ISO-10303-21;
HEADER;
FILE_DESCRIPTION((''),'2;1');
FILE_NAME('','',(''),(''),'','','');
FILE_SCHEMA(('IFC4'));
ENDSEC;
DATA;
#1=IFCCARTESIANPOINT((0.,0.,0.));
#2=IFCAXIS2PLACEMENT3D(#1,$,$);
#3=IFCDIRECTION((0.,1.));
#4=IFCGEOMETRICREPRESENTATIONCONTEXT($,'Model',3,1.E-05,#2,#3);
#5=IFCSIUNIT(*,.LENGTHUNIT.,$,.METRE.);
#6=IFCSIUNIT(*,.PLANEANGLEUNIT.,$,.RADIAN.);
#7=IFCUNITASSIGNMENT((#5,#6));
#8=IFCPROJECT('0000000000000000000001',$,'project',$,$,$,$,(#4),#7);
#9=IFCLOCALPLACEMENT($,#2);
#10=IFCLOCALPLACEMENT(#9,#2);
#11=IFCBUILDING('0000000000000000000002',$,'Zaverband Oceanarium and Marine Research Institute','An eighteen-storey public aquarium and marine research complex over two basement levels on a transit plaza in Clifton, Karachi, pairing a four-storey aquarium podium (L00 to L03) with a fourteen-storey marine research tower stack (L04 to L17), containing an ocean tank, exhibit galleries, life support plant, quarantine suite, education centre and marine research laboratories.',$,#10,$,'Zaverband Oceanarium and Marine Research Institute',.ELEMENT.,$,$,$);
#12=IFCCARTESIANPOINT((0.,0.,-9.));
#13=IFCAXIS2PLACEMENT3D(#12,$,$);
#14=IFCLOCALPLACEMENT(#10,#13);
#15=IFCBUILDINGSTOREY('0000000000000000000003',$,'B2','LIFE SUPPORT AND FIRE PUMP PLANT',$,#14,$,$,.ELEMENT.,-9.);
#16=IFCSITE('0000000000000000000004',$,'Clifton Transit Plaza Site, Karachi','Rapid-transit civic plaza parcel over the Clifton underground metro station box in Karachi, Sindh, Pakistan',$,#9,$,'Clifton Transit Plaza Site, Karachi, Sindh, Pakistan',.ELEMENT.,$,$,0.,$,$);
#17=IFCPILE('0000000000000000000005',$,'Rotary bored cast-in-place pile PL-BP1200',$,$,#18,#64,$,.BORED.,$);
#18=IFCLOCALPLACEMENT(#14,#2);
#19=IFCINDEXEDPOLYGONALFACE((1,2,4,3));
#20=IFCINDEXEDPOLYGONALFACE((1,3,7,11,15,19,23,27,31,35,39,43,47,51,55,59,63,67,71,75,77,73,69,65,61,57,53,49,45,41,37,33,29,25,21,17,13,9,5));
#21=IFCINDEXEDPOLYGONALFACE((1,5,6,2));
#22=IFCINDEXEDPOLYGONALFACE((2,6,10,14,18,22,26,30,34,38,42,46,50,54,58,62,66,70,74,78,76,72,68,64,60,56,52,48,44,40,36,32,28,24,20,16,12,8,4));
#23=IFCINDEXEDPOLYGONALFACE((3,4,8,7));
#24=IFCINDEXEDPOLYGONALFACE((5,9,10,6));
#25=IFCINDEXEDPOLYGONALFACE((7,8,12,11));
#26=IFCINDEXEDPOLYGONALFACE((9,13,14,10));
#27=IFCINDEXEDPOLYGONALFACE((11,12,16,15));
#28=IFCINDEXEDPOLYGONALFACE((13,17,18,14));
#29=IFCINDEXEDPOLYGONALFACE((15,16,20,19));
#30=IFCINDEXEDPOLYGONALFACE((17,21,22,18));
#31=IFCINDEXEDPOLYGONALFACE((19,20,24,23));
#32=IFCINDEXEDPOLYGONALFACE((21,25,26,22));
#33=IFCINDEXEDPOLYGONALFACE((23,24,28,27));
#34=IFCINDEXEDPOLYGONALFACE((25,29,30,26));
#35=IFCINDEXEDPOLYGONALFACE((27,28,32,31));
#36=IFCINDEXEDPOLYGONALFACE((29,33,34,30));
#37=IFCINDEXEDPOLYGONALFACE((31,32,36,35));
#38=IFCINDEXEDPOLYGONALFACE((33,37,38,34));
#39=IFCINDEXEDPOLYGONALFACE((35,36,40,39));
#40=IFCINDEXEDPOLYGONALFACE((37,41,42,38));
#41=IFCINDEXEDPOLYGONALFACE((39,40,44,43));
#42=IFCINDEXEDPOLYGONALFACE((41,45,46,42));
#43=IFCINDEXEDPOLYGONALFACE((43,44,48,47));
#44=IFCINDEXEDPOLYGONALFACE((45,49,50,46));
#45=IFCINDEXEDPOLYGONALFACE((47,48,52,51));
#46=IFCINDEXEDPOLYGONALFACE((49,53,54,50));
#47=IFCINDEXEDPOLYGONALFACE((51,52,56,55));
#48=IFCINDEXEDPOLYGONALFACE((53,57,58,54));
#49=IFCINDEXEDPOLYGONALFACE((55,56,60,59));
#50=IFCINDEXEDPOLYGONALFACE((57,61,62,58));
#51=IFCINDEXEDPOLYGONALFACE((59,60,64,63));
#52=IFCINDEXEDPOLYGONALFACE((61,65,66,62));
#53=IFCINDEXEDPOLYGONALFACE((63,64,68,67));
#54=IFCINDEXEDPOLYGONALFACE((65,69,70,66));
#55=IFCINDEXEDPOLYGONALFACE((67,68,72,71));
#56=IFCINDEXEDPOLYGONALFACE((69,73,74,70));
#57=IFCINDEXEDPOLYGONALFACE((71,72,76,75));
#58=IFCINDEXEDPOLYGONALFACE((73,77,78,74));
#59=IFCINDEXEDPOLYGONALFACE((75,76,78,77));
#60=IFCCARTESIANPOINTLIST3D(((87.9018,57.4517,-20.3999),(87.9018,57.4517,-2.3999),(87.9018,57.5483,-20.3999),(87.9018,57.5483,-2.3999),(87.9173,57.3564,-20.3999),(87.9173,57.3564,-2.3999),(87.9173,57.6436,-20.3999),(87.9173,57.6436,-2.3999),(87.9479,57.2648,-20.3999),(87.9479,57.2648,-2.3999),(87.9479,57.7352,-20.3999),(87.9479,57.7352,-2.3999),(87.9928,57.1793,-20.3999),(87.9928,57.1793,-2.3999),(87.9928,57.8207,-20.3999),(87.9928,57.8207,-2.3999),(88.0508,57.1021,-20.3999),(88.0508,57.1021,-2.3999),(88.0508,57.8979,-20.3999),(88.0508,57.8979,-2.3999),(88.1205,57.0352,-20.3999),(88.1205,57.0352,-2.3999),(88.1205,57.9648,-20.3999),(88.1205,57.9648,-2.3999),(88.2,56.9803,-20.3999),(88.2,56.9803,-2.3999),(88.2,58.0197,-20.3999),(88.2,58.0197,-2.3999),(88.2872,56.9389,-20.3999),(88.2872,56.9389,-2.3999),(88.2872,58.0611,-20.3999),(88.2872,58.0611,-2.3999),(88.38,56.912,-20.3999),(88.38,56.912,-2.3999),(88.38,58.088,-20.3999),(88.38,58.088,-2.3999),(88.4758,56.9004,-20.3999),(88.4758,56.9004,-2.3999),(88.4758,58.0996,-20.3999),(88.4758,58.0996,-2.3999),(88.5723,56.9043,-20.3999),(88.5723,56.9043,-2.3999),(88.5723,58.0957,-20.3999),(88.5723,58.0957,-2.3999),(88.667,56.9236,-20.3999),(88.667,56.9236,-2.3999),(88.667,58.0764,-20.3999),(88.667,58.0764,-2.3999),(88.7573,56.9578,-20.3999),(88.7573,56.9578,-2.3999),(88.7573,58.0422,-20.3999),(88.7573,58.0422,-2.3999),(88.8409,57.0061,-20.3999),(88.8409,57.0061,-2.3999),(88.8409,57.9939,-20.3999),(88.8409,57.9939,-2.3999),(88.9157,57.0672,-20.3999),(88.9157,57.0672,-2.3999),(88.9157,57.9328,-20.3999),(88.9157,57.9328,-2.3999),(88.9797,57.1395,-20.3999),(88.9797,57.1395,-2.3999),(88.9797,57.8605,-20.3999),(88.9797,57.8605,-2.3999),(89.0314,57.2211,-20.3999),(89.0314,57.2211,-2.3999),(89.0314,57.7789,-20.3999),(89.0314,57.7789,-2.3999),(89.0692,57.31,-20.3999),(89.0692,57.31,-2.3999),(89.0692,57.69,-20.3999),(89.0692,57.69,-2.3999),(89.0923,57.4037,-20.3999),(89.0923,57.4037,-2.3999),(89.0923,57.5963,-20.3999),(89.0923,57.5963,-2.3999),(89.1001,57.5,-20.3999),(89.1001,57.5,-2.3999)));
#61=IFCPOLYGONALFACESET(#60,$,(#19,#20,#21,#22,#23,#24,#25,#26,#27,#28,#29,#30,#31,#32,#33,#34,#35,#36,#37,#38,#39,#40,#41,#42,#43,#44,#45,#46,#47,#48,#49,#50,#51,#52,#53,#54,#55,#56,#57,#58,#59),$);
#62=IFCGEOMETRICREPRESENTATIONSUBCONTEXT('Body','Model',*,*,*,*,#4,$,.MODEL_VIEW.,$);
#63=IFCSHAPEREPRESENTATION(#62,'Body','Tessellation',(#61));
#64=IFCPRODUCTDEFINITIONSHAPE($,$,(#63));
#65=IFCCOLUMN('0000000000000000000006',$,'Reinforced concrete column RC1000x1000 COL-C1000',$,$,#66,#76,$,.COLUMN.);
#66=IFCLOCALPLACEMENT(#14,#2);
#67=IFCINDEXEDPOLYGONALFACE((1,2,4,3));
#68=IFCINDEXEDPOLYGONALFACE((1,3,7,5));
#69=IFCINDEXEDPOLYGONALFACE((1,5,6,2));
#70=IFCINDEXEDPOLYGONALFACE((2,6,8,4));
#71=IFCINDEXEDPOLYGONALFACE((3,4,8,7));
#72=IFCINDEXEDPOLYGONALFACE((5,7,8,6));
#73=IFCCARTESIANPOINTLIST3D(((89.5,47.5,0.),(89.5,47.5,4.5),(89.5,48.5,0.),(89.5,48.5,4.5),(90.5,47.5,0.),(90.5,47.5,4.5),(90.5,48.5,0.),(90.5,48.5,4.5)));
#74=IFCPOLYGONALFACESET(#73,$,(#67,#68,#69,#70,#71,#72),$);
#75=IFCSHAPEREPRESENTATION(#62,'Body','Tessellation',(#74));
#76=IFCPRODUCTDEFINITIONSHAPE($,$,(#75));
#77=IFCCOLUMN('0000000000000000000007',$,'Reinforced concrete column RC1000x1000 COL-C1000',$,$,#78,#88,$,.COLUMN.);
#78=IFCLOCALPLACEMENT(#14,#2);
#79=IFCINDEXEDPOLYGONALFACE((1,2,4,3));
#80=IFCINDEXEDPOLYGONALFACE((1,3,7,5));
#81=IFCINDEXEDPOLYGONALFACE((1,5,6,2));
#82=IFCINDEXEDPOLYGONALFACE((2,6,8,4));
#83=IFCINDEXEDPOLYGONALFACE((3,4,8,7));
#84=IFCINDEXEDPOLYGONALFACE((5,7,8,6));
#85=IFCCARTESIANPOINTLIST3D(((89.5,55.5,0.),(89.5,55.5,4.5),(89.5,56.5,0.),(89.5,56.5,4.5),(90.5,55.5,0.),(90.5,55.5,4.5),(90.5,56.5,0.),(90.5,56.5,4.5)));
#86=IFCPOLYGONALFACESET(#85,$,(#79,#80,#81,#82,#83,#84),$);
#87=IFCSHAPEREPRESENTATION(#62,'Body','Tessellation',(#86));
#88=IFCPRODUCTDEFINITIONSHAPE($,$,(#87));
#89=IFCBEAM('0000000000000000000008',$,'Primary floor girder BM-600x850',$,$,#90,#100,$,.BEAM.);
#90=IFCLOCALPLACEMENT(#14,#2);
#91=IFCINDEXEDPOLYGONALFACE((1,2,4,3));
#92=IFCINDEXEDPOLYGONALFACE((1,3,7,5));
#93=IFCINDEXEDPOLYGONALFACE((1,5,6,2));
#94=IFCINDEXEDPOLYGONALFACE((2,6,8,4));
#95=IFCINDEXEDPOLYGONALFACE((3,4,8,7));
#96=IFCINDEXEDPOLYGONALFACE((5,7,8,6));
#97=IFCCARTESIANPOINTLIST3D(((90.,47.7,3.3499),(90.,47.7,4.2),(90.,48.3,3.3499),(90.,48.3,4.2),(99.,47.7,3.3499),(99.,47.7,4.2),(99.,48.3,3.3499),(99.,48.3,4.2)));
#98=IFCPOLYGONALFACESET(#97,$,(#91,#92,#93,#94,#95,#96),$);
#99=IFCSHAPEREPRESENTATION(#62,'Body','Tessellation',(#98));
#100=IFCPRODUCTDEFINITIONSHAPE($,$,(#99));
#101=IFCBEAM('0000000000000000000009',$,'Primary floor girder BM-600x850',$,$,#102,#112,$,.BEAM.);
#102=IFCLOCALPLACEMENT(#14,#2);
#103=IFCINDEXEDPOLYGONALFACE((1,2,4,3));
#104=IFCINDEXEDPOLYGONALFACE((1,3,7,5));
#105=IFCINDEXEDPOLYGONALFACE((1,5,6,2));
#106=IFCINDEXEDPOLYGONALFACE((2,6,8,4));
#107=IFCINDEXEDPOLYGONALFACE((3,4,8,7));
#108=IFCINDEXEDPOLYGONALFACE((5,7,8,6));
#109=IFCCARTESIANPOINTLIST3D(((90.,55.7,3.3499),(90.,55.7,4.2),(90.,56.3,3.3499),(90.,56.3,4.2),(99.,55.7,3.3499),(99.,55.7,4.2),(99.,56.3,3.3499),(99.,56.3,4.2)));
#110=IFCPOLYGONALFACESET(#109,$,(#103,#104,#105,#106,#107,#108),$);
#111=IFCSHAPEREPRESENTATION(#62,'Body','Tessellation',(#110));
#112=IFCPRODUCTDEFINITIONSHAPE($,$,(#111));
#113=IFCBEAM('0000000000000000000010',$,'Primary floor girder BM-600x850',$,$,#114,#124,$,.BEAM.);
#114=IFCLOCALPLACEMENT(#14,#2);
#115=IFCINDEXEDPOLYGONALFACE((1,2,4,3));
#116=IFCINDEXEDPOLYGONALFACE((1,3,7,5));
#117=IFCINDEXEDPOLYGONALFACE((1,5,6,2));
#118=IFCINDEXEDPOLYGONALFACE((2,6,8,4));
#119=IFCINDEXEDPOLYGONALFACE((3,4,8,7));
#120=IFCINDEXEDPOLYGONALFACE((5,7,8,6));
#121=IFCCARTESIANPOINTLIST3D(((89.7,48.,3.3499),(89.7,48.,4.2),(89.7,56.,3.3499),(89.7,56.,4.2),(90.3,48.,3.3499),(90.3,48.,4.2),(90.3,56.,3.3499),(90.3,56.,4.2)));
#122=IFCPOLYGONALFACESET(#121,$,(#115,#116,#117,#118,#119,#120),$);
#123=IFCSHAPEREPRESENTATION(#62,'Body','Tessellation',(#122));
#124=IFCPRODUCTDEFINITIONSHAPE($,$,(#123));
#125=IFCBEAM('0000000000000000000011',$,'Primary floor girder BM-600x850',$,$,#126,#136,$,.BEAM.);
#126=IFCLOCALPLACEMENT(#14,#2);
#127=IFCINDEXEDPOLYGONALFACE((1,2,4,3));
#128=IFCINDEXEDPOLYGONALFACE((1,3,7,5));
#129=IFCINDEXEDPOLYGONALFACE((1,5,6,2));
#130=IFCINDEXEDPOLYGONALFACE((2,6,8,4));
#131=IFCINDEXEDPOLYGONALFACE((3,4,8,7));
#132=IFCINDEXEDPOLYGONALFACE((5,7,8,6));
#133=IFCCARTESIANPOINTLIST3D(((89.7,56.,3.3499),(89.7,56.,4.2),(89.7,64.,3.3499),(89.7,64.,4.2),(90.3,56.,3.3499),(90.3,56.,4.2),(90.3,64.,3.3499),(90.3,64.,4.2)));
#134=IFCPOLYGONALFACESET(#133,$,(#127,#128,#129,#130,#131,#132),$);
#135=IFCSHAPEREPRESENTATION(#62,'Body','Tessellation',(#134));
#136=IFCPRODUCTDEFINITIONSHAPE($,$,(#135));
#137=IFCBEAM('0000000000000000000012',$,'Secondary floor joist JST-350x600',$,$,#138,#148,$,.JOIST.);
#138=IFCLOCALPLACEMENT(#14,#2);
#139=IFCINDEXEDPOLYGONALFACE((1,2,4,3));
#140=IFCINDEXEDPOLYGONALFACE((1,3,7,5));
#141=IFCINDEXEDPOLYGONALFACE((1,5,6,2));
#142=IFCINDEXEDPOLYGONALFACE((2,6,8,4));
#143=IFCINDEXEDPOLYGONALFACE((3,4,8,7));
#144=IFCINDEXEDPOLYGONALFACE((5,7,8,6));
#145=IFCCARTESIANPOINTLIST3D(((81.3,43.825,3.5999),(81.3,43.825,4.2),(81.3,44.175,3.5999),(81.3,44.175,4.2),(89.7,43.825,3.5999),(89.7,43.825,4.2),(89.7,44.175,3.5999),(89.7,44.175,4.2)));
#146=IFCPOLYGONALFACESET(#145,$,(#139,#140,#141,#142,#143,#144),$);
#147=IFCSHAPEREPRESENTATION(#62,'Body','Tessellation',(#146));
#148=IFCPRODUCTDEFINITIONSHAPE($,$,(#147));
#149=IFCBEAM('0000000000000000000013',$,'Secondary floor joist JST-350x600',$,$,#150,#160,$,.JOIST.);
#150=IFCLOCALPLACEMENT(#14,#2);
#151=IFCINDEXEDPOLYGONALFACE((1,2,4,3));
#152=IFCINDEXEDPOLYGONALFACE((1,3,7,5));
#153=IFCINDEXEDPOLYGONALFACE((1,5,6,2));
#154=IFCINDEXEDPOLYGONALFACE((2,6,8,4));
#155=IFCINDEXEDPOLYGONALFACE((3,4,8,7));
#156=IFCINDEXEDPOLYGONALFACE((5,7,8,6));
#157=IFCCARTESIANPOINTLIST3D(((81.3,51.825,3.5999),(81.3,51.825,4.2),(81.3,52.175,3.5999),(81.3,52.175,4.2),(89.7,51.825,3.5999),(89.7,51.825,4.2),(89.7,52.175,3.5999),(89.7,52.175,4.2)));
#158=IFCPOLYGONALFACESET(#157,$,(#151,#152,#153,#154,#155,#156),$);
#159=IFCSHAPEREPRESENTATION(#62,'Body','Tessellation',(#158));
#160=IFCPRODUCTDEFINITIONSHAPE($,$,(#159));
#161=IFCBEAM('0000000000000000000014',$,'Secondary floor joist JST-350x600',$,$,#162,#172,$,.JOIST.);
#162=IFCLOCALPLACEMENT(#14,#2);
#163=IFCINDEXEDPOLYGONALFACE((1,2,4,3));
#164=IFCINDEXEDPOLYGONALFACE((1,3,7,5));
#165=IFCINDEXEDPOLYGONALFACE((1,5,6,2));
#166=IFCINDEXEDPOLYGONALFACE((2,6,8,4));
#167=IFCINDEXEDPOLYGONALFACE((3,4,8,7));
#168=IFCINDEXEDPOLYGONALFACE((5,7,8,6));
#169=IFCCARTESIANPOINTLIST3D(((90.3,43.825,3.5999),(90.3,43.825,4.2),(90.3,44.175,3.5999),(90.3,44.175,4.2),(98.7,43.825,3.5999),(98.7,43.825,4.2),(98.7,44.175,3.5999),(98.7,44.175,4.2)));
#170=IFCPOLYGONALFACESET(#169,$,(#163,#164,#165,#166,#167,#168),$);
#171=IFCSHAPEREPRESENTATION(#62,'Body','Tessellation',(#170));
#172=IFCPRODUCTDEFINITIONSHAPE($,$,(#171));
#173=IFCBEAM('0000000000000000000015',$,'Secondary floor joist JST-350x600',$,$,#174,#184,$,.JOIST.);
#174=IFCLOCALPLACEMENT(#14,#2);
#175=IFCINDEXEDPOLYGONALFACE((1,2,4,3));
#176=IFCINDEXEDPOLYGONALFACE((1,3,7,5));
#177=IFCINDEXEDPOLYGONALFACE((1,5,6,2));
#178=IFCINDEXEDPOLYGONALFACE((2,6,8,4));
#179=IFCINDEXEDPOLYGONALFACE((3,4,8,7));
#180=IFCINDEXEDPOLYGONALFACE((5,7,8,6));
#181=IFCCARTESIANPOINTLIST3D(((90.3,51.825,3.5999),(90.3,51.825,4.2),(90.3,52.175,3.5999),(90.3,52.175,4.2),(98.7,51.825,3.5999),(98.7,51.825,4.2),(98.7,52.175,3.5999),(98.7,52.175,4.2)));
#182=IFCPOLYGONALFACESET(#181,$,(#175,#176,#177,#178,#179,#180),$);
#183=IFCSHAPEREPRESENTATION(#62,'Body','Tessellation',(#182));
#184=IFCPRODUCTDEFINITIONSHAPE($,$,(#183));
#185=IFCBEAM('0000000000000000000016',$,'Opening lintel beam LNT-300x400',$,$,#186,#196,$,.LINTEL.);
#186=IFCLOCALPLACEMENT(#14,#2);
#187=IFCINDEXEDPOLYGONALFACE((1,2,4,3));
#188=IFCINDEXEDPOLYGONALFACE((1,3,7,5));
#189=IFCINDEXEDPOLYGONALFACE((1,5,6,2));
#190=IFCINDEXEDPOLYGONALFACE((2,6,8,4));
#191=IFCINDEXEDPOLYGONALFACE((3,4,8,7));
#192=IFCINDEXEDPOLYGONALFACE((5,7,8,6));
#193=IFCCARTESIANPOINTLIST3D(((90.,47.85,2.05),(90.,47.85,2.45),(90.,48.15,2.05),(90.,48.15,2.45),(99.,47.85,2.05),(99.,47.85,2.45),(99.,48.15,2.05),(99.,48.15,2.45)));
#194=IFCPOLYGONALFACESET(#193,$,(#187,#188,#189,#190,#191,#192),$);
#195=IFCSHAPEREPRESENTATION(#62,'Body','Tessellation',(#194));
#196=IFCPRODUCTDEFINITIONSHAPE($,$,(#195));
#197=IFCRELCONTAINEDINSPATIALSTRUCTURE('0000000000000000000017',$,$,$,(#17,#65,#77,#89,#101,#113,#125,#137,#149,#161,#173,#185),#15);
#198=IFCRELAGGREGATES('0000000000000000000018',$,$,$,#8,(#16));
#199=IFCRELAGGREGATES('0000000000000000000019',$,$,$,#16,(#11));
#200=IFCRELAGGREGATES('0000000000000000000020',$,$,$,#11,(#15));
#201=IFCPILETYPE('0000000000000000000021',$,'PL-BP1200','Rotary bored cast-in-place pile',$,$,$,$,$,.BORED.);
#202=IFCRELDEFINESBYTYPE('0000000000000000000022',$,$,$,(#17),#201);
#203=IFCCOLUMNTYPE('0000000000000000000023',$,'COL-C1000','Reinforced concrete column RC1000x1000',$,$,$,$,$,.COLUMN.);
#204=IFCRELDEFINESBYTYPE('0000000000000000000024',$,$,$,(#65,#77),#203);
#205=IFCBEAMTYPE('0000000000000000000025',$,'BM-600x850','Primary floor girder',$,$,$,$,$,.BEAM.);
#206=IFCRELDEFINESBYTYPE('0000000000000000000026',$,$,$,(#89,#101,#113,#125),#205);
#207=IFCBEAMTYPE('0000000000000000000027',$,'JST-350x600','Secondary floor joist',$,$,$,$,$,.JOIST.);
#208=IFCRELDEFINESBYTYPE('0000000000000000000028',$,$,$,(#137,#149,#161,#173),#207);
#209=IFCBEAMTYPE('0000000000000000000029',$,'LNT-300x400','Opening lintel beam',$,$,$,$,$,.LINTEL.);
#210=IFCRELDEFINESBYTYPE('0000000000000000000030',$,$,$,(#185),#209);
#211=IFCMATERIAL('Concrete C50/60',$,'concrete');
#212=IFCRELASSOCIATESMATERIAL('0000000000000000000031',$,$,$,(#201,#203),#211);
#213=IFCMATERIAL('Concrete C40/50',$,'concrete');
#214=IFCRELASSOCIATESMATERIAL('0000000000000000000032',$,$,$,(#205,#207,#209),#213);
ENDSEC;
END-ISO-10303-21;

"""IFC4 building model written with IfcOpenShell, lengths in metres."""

from ifc_helpers import new_model, si_unit, direction, frame, origin, origin_2d, place, context, subcontext, project, spatial, rectangle, circle, extrude, material, material_profile, profile_set, type_object, element, save


model = new_model("IFC4")

# Units and contexts
model_context = context("Model", 3, precision=1e-05, world=origin(), true_north=direction((0.0, 1.0)))
body_context = subcontext(model_context, "Body", "Model", "MODEL_VIEW")
ifc_project = project(units=[si_unit("LENGTHUNIT", "METRE"), si_unit("PLANEANGLEUNIT", "RADIAN")], contexts=[model_context])

# Site, building, storey
site_placement = place(None, origin())
site = spatial("IfcSite", under=ifc_project, at=site_placement, Name="Clifton Transit Plaza Site, Karachi", Description="Rapid-transit civic plaza parcel over the Clifton underground metro station box in Karachi, Sindh, Pakistan", LongName="Clifton Transit Plaza Site, Karachi, Sindh, Pakistan", CompositionType="ELEMENT", RefElevation=0.0)
building_placement = place(site_placement, origin())
building = spatial("IfcBuilding", under=site, at=building_placement, Name="Zaverband Oceanarium and Marine Research Institute", Description="An eighteen-storey public aquarium and marine research complex over two basement levels on a transit plaza in Clifton, Karachi, pairing a four-storey aquarium podium (L00 to L03) with a fourteen-storey marine research tower stack (L04 to L17), containing an ocean tank, exhibit galleries, life support plant, quarantine suite, education centre and marine research laboratories.", LongName="Zaverband Oceanarium and Marine Research Institute", CompositionType="ELEMENT")
storey_placement = place(building_placement, frame((0.0, 0.0, -9.0)))
storey = spatial("IfcBuildingStorey", under=building, at=storey_placement, Name="B2", Description="LIFE SUPPORT AND FIRE PUMP PLANT", CompositionType="ELEMENT", Elevation=-9.0)

# Shared definitions
ifc_material_1 = material(Name="Concrete C50/60", Category="concrete")

# Pile
ifc_material_profile_1 = material_profile(ifc_material_1, circle(Radius=0.6001, at=origin_2d()), Name="BP1200")
ifc_profile_set_1 = profile_set([ifc_material_profile_1], Name="Concrete C50/60")
pile_type = type_object("IfcPileType", Name="PL-BP1200", Description="Rotary bored cast-in-place pile", PredefinedType="BORED", material=ifc_profile_set_1)
for number, where, z_axis, x_axis, name in (
    (1, (88.5, 57.5, -2.3999), (0.0, 0.0, -1.0), (1.0, 0.0, 0.0), "Rotary bored cast-in-place pile PL-BP1200"),
):
    element("IfcPile", number, at=place(storey_placement, frame(where, z_axis=z_axis, x_axis=x_axis)), inside=storey, type_object=pile_type, Name=name, PredefinedType="BORED", context=body_context, shape_type="SweptSolid", body=[
        extrude(circle(Radius=0.6001, at=origin_2d()), origin(), (0.0, 0.0, 1.0), 18.0),
    ])

# Columns
ifc_material_profile_2 = material_profile(ifc_material_1, rectangle(XDim=1.0, YDim=1.0, at=origin_2d()), Name="RC1000x1000")
ifc_profile_set_2 = profile_set([ifc_material_profile_2], Name="Concrete C50/60")
column_type = type_object("IfcColumnType", Name="COL-C1000", Description="Reinforced concrete column RC1000x1000", PredefinedType="COLUMN", material=ifc_profile_set_2)
for number, where, z_axis, x_axis, name in (
    (2, (90.0, 48.0, 0.0), (0.0, 0.0, 1.0), (1.0, 0.0, 0.0), "Reinforced concrete column RC1000x1000 COL-C1000"),
    (3, (90.0, 56.0, 0.0), (0.0, 0.0, 1.0), (1.0, 0.0, 0.0), "Reinforced concrete column RC1000x1000 COL-C1000"),
):
    element("IfcColumn", number, at=place(storey_placement, frame(where, z_axis=z_axis, x_axis=x_axis)), inside=storey, type_object=column_type, Name=name, PredefinedType="COLUMN", context=body_context, shape_type="SweptSolid", body=[
        extrude(rectangle(XDim=1.0, YDim=1.0, at=origin_2d()), origin(), (0.0, 0.0, 1.0), 4.5),
    ])

# Beams
ifc_material_2 = material(Name="Concrete C40/50", Category="concrete")
ifc_material_profile_3 = material_profile(ifc_material_2, rectangle(XDim=0.6001, YDim=0.8501, at=origin_2d()), Name="RC600x850")
ifc_profile_set_3 = profile_set([ifc_material_profile_3], Name="Concrete C40/50")
beam_type_1 = type_object("IfcBeamType", Name="BM-600x850", Description="Primary floor girder", PredefinedType="BEAM", material=ifc_profile_set_3)
for number, where, z_axis, x_axis, name in (
    (4, (90.0, 48.0, 3.7749), (1.0, 0.0, 0.0), (0.0, 1.0, 0.0), "Primary floor girder BM-600x850"),
    (5, (90.0, 56.0, 3.7749), (1.0, 0.0, 0.0), (0.0, 1.0, 0.0), "Primary floor girder BM-600x850"),
):
    element("IfcBeam", number, at=place(storey_placement, frame(where, z_axis=z_axis, x_axis=x_axis)), inside=storey, type_object=beam_type_1, Name=name, PredefinedType="BEAM", context=body_context, shape_type="SweptSolid", body=[
        extrude(rectangle(XDim=0.6001, YDim=0.8501, at=origin_2d()), origin(), (0.0, 0.0, 1.0), 9.0),
    ])
for number, where, z_axis, x_axis, name in (
    (6, (90.0, 48.0, 3.7749), (0.0, 1.0, 0.0), (-1.0, 0.0, 0.0), "Primary floor girder BM-600x850"),
    (7, (90.0, 56.0, 3.7749), (0.0, 1.0, 0.0), (-1.0, 0.0, 0.0), "Primary floor girder BM-600x850"),
):
    element("IfcBeam", number, at=place(storey_placement, frame(where, z_axis=z_axis, x_axis=x_axis)), inside=storey, type_object=beam_type_1, Name=name, PredefinedType="BEAM", context=body_context, shape_type="SweptSolid", body=[
        extrude(rectangle(XDim=0.6001, YDim=0.8501, at=origin_2d()), origin(), (0.0, 0.0, 1.0), 8.0),
    ])
ifc_material_profile_4 = material_profile(ifc_material_2, rectangle(XDim=0.3501, YDim=0.6001, at=origin_2d()), Name="RC350x600")
ifc_profile_set_4 = profile_set([ifc_material_profile_4], Name="Concrete C40/50")
beam_type_2 = type_object("IfcBeamType", Name="JST-350x600", Description="Secondary floor joist", PredefinedType="JOIST", material=ifc_profile_set_4)
for number, where, z_axis, x_axis, name in (
    (8, (81.3, 44.0, 3.8999), (1.0, 0.0, 0.0), (0.0, 1.0, 0.0), "Secondary floor joist JST-350x600"),
    (9, (81.3, 52.0, 3.8999), (1.0, 0.0, 0.0), (0.0, 1.0, 0.0), "Secondary floor joist JST-350x600"),
    (10, (90.3, 44.0, 3.8999), (1.0, 0.0, 0.0), (0.0, 1.0, 0.0), "Secondary floor joist JST-350x600"),
    (11, (90.3, 52.0, 3.8999), (1.0, 0.0, 0.0), (0.0, 1.0, 0.0), "Secondary floor joist JST-350x600"),
):
    element("IfcBeam", number, at=place(storey_placement, frame(where, z_axis=z_axis, x_axis=x_axis)), inside=storey, type_object=beam_type_2, Name=name, PredefinedType="JOIST", context=body_context, shape_type="SweptSolid", body=[
        extrude(rectangle(XDim=0.3501, YDim=0.6001, at=origin_2d()), origin(), (0.0, 0.0, 1.0), 8.3999),
    ])
ifc_material_profile_5 = material_profile(ifc_material_2, rectangle(XDim=0.3, YDim=0.3999, at=origin_2d()), Name="RC300x400")
ifc_profile_set_5 = profile_set([ifc_material_profile_5], Name="Concrete C40/50")
beam_type_3 = type_object("IfcBeamType", Name="LNT-300x400", Description="Opening lintel beam", PredefinedType="LINTEL", material=ifc_profile_set_5)
beam_placement = place(storey_placement, frame((90.0, 48.0, 2.25), z_axis=(1.0, 0.0, 0.0), x_axis=(0.0, 1.0, 0.0)))
element("IfcBeam", 12, at=beam_placement, inside=storey, type_object=beam_type_3, Name="Opening lintel beam LNT-300x400", PredefinedType="LINTEL", context=body_context, shape_type="SweptSolid", body=[
    extrude(rectangle(XDim=0.3, YDim=0.3999, at=origin_2d()), origin(), (0.0, 0.0, 1.0), 9.0),
])

save(model, "model.ifc")
